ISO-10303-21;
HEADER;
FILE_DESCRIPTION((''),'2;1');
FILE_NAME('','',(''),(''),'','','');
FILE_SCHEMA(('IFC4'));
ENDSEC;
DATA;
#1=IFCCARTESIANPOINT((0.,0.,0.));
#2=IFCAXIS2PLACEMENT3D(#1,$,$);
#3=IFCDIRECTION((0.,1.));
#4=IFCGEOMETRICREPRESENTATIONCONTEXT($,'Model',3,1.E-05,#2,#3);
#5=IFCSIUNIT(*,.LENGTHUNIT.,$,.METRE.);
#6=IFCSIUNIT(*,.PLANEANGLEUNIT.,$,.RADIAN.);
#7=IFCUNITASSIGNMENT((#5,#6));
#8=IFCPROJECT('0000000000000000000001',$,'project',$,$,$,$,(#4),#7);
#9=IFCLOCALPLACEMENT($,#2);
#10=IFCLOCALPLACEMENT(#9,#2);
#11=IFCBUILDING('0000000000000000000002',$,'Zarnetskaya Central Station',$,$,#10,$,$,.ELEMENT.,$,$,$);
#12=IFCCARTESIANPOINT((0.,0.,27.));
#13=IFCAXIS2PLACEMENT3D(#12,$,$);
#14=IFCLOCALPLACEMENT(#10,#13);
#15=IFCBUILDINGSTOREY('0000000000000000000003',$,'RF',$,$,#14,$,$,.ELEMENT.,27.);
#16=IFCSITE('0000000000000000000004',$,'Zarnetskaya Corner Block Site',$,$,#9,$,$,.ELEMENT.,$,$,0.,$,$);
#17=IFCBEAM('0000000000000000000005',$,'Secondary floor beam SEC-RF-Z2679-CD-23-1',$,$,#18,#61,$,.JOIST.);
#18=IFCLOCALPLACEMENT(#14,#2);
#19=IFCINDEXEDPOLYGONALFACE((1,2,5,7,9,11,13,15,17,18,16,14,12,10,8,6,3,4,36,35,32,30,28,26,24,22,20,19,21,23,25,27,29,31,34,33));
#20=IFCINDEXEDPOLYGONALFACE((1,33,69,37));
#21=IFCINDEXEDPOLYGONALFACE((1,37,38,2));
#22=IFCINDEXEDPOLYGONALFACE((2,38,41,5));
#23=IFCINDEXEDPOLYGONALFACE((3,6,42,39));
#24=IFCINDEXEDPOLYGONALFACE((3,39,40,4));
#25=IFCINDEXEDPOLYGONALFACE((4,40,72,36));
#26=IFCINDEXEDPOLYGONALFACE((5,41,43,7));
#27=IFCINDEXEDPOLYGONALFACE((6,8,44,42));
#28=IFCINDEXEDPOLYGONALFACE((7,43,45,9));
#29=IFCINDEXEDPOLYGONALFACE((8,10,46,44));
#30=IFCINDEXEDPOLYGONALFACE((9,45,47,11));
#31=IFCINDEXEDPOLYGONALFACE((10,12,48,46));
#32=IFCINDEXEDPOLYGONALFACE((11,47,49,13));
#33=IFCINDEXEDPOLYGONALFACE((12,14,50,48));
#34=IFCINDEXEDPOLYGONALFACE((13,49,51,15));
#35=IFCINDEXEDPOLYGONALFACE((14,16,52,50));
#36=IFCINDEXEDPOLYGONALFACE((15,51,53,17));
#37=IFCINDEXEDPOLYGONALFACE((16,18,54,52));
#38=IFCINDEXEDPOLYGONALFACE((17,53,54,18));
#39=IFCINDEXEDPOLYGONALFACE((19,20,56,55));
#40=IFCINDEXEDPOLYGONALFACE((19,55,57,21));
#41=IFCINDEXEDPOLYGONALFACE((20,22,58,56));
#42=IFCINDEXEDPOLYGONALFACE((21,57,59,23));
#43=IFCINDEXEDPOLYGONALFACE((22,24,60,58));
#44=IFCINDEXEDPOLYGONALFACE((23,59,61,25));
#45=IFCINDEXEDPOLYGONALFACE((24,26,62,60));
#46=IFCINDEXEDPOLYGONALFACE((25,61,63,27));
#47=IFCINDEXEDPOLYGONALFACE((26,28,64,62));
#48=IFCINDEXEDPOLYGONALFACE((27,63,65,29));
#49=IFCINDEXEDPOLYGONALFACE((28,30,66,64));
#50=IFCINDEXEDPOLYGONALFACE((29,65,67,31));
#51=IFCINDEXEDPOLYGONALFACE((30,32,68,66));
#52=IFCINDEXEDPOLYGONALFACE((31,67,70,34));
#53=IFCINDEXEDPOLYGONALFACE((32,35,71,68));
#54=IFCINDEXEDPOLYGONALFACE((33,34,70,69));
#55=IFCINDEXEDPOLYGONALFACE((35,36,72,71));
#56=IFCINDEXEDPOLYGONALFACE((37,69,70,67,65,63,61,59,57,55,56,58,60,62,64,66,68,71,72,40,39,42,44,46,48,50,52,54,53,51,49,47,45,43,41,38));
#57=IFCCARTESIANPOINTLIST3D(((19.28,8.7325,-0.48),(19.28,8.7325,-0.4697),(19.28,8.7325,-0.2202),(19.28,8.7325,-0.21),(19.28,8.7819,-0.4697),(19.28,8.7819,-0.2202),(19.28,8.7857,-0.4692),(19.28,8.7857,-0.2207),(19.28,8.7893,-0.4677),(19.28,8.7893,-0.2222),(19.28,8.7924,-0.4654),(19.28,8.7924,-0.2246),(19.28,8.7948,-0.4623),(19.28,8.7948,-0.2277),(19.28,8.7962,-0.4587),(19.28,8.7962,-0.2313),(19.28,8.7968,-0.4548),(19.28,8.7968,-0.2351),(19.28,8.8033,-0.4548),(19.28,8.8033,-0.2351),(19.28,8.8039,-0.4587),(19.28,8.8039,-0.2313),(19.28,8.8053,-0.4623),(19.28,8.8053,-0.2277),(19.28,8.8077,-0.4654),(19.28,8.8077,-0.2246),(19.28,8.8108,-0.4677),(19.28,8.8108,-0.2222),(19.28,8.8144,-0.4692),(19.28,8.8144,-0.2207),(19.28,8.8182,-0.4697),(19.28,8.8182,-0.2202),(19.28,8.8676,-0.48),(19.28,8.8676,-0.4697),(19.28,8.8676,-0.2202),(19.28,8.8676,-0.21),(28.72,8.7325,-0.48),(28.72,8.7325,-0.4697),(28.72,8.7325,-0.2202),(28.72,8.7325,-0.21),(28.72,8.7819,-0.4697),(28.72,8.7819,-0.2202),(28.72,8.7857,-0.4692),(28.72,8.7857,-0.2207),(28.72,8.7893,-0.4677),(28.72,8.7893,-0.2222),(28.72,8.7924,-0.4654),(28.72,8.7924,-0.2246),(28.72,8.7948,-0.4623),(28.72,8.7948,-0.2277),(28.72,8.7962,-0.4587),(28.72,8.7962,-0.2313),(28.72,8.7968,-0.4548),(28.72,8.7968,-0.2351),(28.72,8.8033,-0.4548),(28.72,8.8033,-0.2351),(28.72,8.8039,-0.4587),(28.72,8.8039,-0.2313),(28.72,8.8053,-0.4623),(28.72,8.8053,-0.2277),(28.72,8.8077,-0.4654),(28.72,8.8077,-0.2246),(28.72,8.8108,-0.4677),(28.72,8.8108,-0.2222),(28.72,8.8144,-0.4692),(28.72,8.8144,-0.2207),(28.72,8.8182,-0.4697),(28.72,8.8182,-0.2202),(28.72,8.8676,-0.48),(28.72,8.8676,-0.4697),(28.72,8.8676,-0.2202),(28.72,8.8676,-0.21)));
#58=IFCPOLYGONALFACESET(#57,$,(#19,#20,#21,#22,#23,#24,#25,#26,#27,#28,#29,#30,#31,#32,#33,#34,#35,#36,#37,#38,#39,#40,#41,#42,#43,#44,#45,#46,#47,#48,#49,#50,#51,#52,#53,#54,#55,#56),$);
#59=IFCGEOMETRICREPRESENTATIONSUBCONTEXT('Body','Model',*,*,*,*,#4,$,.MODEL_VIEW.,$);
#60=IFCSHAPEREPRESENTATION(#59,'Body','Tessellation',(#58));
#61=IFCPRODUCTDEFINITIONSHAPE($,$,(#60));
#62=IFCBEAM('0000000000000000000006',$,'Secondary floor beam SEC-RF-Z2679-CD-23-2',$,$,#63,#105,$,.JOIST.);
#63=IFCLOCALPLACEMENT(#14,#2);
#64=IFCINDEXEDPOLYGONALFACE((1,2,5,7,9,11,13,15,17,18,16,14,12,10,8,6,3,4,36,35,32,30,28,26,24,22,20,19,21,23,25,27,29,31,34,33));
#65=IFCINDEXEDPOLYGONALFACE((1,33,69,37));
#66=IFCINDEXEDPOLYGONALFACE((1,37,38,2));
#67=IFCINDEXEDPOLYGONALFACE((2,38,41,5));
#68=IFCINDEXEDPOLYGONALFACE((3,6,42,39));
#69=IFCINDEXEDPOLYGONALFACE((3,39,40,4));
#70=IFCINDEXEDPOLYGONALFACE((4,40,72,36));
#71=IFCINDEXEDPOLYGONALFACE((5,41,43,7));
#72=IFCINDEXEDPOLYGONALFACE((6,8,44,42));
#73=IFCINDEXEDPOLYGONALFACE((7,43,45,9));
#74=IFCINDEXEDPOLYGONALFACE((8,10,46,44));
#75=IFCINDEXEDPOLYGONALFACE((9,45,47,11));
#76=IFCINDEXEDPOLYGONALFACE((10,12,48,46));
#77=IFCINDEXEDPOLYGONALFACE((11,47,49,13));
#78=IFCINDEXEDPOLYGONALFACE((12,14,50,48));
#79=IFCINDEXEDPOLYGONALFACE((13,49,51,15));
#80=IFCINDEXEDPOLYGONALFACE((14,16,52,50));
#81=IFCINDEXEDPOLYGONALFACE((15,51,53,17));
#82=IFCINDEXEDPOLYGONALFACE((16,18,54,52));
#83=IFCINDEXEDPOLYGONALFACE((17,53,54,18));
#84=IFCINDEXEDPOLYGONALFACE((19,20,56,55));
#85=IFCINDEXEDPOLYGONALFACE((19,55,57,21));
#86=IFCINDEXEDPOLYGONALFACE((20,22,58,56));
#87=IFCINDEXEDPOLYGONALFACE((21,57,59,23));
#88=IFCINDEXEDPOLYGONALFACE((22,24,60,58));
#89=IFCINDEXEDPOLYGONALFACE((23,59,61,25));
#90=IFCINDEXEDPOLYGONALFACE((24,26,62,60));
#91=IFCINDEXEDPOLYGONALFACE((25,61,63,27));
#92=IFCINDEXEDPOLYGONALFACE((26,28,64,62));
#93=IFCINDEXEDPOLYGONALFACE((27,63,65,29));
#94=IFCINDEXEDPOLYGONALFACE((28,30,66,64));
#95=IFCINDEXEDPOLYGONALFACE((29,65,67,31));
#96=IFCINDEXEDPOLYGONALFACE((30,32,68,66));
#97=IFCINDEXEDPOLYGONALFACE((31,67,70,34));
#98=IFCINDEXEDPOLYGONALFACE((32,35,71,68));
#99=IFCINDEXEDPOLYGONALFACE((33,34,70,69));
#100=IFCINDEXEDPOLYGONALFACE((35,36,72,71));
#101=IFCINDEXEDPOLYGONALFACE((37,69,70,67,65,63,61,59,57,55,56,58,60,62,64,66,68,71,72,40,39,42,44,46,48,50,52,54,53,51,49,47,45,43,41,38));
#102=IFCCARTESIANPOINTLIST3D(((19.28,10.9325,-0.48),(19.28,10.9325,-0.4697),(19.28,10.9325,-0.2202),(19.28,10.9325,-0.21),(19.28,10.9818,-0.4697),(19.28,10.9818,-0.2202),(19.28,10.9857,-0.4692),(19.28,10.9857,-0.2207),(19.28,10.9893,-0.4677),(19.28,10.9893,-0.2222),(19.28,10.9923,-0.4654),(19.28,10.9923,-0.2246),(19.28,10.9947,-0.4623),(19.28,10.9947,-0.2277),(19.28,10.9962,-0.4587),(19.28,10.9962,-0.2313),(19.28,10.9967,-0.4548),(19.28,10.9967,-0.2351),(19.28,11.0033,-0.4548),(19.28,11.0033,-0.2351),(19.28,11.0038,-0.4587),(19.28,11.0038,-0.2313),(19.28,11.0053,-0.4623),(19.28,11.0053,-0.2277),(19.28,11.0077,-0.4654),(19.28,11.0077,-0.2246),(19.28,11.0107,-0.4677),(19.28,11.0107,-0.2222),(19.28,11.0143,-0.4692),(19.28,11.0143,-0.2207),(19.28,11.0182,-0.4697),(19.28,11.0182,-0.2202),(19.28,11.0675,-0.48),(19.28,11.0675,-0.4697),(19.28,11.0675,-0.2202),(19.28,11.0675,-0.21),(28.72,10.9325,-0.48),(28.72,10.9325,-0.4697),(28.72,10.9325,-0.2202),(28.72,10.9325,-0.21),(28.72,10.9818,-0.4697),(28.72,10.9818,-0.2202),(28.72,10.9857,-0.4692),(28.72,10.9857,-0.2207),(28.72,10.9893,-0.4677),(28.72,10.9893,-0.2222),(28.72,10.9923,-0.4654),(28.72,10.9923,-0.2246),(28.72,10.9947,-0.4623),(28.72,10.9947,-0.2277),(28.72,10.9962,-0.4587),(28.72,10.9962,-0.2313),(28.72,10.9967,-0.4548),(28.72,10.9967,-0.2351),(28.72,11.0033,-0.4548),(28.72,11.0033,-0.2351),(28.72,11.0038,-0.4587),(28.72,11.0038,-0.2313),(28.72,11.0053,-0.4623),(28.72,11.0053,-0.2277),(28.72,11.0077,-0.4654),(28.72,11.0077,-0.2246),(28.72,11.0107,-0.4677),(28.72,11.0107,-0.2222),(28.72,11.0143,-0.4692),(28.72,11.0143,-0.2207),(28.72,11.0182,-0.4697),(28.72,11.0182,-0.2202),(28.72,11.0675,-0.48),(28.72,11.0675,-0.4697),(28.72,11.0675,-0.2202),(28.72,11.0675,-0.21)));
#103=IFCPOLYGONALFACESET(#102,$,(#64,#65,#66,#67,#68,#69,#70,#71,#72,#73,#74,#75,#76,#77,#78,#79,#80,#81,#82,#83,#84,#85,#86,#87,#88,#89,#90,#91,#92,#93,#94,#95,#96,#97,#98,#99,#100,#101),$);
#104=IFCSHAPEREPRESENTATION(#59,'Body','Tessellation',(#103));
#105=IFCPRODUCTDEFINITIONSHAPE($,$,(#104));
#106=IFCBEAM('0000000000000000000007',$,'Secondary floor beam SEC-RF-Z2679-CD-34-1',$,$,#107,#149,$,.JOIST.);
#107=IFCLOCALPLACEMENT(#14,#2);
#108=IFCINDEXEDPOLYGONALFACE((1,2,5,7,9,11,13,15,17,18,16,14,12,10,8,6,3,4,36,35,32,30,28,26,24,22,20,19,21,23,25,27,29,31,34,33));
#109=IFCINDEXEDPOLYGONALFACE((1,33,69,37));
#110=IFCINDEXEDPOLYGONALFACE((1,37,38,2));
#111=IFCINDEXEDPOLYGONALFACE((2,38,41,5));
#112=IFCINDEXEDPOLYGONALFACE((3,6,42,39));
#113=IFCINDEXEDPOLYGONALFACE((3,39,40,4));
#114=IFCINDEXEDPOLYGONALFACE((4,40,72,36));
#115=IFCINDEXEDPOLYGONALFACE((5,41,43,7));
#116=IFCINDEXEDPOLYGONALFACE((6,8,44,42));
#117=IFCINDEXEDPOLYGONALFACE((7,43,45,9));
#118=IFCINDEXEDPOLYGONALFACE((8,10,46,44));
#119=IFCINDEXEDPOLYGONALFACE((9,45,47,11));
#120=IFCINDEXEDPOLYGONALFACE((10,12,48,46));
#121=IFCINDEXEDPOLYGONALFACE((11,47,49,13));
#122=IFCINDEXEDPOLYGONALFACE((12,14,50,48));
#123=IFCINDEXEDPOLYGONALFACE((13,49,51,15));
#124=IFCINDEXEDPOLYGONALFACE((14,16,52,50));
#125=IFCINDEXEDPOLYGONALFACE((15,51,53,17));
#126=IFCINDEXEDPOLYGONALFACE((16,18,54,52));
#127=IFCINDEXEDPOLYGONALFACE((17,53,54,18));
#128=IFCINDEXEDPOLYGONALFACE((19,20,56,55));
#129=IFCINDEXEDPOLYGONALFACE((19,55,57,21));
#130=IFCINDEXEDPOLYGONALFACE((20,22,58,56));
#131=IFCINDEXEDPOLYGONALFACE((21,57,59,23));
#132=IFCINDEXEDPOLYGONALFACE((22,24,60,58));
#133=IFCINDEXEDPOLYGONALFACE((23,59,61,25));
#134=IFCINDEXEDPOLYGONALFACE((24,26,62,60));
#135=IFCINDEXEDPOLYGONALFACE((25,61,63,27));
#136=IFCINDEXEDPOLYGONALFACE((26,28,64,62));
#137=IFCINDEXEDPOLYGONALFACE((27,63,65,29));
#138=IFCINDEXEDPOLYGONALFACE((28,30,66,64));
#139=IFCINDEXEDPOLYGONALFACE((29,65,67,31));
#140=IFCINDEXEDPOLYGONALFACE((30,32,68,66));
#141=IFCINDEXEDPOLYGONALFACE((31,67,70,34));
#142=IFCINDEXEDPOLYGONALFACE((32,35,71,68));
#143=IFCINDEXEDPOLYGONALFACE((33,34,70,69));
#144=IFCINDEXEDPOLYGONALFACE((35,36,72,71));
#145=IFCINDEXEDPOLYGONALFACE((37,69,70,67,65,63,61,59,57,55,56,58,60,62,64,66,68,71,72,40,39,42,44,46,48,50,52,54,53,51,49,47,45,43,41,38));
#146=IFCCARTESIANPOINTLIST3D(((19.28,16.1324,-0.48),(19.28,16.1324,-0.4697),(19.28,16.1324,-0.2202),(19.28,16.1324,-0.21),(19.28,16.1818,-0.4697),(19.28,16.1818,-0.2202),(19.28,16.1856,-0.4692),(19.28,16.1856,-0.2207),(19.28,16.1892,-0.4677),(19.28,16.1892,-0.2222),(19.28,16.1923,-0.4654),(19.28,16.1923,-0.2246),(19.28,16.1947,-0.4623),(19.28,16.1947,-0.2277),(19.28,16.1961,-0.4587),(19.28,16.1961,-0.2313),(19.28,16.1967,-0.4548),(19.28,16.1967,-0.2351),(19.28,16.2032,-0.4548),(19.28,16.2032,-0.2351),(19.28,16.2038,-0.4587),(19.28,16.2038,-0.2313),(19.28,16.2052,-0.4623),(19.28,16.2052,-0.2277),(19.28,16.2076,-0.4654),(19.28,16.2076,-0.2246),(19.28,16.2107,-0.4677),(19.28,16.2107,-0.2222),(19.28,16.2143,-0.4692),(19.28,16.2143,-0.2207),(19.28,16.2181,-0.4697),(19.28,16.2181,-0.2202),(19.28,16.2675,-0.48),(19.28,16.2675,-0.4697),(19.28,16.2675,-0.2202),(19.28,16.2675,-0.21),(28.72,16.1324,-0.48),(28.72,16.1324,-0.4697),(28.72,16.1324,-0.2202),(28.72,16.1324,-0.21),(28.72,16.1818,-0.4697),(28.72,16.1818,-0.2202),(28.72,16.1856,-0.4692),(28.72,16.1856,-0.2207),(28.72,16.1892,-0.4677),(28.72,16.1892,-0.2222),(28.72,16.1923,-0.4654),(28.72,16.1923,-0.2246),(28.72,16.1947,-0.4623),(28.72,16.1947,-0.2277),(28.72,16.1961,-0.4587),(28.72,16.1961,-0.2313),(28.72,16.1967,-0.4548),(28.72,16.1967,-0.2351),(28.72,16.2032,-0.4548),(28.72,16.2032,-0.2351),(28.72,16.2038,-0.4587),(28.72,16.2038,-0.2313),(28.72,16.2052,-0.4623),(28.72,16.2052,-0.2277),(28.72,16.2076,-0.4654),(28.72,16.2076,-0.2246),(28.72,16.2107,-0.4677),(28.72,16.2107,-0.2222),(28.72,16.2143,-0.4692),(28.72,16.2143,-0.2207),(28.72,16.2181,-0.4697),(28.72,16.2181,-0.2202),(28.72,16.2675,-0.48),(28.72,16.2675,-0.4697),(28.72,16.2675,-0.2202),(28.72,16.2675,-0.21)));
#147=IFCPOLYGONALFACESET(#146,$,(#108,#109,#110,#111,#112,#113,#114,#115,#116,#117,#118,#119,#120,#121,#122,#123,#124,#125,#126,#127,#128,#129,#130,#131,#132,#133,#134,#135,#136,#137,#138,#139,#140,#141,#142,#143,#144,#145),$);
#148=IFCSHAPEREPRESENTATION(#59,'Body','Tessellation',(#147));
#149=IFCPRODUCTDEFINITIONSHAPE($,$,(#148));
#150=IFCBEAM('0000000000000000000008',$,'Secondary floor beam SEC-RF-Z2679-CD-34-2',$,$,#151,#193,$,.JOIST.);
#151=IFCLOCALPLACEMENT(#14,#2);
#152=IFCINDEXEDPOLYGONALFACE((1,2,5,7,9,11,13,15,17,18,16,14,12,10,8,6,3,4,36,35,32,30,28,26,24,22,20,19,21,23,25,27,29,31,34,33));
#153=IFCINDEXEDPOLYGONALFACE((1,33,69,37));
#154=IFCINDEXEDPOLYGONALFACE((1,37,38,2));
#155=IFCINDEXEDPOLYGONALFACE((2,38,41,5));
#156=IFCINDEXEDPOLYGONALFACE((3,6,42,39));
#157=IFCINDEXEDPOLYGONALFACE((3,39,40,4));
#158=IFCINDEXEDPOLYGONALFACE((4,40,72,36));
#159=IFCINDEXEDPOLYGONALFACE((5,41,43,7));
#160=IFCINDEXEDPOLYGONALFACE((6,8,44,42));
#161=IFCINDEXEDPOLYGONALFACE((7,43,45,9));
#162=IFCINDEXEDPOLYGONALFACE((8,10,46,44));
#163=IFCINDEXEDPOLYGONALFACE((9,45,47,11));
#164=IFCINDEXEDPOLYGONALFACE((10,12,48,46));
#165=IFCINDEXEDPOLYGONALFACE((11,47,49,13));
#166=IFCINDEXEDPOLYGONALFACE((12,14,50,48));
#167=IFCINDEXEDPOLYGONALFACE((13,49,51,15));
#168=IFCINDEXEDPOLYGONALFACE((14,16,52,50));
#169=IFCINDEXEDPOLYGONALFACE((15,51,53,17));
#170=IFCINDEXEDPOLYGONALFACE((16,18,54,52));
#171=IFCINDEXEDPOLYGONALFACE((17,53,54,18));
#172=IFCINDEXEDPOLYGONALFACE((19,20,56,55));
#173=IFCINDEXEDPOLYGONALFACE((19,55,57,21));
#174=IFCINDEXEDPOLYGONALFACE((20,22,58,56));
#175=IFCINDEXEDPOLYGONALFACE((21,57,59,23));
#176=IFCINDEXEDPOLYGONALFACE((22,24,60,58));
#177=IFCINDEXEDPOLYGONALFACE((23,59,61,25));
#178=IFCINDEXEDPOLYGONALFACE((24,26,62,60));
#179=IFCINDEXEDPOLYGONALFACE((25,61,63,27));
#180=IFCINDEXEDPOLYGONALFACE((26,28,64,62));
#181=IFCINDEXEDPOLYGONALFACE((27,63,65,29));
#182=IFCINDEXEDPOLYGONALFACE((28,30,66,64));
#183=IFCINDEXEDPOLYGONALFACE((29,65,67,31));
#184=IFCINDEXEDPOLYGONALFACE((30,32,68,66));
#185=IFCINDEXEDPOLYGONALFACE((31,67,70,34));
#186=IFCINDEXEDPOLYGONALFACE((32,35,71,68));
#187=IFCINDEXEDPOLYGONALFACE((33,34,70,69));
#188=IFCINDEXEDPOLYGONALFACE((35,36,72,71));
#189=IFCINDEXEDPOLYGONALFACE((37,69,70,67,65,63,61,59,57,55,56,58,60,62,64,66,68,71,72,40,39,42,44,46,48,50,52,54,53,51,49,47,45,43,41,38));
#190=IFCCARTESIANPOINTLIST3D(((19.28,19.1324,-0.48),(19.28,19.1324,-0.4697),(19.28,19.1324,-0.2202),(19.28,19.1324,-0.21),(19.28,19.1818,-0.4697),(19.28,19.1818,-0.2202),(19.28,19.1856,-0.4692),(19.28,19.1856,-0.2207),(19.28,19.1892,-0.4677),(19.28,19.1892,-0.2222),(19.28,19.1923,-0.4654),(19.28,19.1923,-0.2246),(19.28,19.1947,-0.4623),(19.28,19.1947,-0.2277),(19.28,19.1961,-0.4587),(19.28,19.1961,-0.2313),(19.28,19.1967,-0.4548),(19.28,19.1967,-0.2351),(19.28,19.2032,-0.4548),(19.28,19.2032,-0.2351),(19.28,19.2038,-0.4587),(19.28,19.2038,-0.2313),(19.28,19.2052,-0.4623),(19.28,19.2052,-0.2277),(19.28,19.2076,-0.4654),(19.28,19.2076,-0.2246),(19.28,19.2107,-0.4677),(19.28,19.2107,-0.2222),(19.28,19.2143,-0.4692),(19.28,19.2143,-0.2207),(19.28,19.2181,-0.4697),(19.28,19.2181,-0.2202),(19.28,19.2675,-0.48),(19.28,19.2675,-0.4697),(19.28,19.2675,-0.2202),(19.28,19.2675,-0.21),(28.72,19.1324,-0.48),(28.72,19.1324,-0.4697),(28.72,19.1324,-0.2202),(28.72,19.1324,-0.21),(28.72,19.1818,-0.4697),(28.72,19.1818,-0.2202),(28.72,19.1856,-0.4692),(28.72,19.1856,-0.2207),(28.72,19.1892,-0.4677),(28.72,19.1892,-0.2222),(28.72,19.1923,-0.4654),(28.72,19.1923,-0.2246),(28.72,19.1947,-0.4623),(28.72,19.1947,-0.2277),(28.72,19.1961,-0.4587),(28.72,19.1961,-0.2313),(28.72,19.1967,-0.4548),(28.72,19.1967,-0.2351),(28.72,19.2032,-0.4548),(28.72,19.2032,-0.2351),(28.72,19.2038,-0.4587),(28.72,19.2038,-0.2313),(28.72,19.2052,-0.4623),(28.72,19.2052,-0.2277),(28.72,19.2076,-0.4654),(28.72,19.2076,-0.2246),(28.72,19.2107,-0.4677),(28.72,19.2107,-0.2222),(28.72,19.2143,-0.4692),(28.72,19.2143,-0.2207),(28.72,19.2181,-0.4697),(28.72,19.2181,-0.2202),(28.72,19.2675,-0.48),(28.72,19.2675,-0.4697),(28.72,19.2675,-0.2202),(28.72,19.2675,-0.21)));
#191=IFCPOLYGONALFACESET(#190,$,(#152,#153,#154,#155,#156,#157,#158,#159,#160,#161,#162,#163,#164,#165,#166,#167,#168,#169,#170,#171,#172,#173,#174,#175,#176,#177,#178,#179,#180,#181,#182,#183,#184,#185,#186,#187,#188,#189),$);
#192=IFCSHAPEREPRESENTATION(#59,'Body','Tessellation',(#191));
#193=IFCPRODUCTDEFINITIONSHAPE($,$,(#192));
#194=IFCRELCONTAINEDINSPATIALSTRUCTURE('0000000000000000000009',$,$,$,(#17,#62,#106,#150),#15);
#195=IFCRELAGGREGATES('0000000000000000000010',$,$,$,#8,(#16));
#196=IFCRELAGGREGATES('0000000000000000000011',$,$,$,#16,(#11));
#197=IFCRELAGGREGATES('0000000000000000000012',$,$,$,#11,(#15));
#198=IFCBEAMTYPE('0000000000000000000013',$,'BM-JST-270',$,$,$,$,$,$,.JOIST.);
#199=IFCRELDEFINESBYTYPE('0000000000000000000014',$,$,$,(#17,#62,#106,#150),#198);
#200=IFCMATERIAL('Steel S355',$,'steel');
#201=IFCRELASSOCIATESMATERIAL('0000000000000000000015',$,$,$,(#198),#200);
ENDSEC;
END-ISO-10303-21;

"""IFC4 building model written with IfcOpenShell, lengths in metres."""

from ifc_helpers import new_model, si_unit, direction, frame, origin, origin_2d, place, context, subcontext, project, spatial, i_section, extrude, material, material_profile, profile_set, type_object, element, save


model = new_model("IFC4")

# Units and contexts
model_context = context("Model", 3, precision=1e-05, world=origin(), true_north=direction((0.0, 1.0)))
body_context = subcontext(model_context, "Body", "Model", "MODEL_VIEW")
ifc_project = project(units=[si_unit("LENGTHUNIT", "METRE"), si_unit("PLANEANGLEUNIT", "RADIAN")], contexts=[model_context])

# Site, building, storey
site_placement = place(None, origin())
site = spatial("IfcSite", under=ifc_project, at=site_placement, Name="Zarnetskaya Corner Block Site", CompositionType="ELEMENT", RefElevation=0.0)
building_placement = place(site_placement, origin())
building = spatial("IfcBuilding", under=site, at=building_placement, Name="Zarnetskaya Central Station", CompositionType="ELEMENT")
storey_placement = place(building_placement, frame((0.0, 0.0, 27.0)))
storey = spatial("IfcBuildingStorey", under=building, at=storey_placement, Name="RF", CompositionType="ELEMENT", Elevation=27.0)

# Beams
ifc_material = material(Name="Steel S355", Category="steel")
ifc_material_profile_1 = material_profile(ifc_material, i_section(OverallWidth=0.135, OverallDepth=0.27, WebThickness=0.0066, FlangeThickness=0.0103, FilletRadius=0.0149, at=origin_2d()), Name="IPE 270")
ifc_profile_set_1 = profile_set([ifc_material_profile_1], Name="Steel S355")
beam_type_1 = type_object("IfcBeamType", Name="BM-JST-270", PredefinedType="JOIST", material=ifc_profile_set_1)
for number, where, z_axis, x_axis, name in (
    (1, (19.28, 8.8, -0.345), (1.0, 0.0, 0.0), (0.0, 1.0, 0.0), "Secondary floor beam SEC-RF-Z2679-CD-23-1"),
    (2, (19.28, 11.0, -0.345), (1.0, 0.0, 0.0), (0.0, 1.0, 0.0), "Secondary floor beam SEC-RF-Z2679-CD-23-2"),
    (3, (19.28, 16.2, -0.345), (1.0, 0.0, 0.0), (0.0, 1.0, 0.0), "Secondary floor beam SEC-RF-Z2679-CD-34-1"),
    (4, (19.28, 19.2, -0.345), (1.0, 0.0, 0.0), (0.0, 1.0, 0.0), "Secondary floor beam SEC-RF-Z2679-CD-34-2"),
):
    element("IfcBeam", number, at=place(storey_placement, frame(where, z_axis=z_axis, x_axis=x_axis)), inside=storey, type_object=beam_type_1, Name=name, PredefinedType="JOIST", context=body_context, shape_type="SweptSolid", body=[
        extrude(i_section(OverallWidth=0.135, OverallDepth=0.27, WebThickness=0.0066, FlangeThickness=0.0103, FilletRadius=0.0149, at=origin_2d()), origin(), (0.0, 0.0, 1.0), 9.4399),
    ])

save(model, "model.ifc")
